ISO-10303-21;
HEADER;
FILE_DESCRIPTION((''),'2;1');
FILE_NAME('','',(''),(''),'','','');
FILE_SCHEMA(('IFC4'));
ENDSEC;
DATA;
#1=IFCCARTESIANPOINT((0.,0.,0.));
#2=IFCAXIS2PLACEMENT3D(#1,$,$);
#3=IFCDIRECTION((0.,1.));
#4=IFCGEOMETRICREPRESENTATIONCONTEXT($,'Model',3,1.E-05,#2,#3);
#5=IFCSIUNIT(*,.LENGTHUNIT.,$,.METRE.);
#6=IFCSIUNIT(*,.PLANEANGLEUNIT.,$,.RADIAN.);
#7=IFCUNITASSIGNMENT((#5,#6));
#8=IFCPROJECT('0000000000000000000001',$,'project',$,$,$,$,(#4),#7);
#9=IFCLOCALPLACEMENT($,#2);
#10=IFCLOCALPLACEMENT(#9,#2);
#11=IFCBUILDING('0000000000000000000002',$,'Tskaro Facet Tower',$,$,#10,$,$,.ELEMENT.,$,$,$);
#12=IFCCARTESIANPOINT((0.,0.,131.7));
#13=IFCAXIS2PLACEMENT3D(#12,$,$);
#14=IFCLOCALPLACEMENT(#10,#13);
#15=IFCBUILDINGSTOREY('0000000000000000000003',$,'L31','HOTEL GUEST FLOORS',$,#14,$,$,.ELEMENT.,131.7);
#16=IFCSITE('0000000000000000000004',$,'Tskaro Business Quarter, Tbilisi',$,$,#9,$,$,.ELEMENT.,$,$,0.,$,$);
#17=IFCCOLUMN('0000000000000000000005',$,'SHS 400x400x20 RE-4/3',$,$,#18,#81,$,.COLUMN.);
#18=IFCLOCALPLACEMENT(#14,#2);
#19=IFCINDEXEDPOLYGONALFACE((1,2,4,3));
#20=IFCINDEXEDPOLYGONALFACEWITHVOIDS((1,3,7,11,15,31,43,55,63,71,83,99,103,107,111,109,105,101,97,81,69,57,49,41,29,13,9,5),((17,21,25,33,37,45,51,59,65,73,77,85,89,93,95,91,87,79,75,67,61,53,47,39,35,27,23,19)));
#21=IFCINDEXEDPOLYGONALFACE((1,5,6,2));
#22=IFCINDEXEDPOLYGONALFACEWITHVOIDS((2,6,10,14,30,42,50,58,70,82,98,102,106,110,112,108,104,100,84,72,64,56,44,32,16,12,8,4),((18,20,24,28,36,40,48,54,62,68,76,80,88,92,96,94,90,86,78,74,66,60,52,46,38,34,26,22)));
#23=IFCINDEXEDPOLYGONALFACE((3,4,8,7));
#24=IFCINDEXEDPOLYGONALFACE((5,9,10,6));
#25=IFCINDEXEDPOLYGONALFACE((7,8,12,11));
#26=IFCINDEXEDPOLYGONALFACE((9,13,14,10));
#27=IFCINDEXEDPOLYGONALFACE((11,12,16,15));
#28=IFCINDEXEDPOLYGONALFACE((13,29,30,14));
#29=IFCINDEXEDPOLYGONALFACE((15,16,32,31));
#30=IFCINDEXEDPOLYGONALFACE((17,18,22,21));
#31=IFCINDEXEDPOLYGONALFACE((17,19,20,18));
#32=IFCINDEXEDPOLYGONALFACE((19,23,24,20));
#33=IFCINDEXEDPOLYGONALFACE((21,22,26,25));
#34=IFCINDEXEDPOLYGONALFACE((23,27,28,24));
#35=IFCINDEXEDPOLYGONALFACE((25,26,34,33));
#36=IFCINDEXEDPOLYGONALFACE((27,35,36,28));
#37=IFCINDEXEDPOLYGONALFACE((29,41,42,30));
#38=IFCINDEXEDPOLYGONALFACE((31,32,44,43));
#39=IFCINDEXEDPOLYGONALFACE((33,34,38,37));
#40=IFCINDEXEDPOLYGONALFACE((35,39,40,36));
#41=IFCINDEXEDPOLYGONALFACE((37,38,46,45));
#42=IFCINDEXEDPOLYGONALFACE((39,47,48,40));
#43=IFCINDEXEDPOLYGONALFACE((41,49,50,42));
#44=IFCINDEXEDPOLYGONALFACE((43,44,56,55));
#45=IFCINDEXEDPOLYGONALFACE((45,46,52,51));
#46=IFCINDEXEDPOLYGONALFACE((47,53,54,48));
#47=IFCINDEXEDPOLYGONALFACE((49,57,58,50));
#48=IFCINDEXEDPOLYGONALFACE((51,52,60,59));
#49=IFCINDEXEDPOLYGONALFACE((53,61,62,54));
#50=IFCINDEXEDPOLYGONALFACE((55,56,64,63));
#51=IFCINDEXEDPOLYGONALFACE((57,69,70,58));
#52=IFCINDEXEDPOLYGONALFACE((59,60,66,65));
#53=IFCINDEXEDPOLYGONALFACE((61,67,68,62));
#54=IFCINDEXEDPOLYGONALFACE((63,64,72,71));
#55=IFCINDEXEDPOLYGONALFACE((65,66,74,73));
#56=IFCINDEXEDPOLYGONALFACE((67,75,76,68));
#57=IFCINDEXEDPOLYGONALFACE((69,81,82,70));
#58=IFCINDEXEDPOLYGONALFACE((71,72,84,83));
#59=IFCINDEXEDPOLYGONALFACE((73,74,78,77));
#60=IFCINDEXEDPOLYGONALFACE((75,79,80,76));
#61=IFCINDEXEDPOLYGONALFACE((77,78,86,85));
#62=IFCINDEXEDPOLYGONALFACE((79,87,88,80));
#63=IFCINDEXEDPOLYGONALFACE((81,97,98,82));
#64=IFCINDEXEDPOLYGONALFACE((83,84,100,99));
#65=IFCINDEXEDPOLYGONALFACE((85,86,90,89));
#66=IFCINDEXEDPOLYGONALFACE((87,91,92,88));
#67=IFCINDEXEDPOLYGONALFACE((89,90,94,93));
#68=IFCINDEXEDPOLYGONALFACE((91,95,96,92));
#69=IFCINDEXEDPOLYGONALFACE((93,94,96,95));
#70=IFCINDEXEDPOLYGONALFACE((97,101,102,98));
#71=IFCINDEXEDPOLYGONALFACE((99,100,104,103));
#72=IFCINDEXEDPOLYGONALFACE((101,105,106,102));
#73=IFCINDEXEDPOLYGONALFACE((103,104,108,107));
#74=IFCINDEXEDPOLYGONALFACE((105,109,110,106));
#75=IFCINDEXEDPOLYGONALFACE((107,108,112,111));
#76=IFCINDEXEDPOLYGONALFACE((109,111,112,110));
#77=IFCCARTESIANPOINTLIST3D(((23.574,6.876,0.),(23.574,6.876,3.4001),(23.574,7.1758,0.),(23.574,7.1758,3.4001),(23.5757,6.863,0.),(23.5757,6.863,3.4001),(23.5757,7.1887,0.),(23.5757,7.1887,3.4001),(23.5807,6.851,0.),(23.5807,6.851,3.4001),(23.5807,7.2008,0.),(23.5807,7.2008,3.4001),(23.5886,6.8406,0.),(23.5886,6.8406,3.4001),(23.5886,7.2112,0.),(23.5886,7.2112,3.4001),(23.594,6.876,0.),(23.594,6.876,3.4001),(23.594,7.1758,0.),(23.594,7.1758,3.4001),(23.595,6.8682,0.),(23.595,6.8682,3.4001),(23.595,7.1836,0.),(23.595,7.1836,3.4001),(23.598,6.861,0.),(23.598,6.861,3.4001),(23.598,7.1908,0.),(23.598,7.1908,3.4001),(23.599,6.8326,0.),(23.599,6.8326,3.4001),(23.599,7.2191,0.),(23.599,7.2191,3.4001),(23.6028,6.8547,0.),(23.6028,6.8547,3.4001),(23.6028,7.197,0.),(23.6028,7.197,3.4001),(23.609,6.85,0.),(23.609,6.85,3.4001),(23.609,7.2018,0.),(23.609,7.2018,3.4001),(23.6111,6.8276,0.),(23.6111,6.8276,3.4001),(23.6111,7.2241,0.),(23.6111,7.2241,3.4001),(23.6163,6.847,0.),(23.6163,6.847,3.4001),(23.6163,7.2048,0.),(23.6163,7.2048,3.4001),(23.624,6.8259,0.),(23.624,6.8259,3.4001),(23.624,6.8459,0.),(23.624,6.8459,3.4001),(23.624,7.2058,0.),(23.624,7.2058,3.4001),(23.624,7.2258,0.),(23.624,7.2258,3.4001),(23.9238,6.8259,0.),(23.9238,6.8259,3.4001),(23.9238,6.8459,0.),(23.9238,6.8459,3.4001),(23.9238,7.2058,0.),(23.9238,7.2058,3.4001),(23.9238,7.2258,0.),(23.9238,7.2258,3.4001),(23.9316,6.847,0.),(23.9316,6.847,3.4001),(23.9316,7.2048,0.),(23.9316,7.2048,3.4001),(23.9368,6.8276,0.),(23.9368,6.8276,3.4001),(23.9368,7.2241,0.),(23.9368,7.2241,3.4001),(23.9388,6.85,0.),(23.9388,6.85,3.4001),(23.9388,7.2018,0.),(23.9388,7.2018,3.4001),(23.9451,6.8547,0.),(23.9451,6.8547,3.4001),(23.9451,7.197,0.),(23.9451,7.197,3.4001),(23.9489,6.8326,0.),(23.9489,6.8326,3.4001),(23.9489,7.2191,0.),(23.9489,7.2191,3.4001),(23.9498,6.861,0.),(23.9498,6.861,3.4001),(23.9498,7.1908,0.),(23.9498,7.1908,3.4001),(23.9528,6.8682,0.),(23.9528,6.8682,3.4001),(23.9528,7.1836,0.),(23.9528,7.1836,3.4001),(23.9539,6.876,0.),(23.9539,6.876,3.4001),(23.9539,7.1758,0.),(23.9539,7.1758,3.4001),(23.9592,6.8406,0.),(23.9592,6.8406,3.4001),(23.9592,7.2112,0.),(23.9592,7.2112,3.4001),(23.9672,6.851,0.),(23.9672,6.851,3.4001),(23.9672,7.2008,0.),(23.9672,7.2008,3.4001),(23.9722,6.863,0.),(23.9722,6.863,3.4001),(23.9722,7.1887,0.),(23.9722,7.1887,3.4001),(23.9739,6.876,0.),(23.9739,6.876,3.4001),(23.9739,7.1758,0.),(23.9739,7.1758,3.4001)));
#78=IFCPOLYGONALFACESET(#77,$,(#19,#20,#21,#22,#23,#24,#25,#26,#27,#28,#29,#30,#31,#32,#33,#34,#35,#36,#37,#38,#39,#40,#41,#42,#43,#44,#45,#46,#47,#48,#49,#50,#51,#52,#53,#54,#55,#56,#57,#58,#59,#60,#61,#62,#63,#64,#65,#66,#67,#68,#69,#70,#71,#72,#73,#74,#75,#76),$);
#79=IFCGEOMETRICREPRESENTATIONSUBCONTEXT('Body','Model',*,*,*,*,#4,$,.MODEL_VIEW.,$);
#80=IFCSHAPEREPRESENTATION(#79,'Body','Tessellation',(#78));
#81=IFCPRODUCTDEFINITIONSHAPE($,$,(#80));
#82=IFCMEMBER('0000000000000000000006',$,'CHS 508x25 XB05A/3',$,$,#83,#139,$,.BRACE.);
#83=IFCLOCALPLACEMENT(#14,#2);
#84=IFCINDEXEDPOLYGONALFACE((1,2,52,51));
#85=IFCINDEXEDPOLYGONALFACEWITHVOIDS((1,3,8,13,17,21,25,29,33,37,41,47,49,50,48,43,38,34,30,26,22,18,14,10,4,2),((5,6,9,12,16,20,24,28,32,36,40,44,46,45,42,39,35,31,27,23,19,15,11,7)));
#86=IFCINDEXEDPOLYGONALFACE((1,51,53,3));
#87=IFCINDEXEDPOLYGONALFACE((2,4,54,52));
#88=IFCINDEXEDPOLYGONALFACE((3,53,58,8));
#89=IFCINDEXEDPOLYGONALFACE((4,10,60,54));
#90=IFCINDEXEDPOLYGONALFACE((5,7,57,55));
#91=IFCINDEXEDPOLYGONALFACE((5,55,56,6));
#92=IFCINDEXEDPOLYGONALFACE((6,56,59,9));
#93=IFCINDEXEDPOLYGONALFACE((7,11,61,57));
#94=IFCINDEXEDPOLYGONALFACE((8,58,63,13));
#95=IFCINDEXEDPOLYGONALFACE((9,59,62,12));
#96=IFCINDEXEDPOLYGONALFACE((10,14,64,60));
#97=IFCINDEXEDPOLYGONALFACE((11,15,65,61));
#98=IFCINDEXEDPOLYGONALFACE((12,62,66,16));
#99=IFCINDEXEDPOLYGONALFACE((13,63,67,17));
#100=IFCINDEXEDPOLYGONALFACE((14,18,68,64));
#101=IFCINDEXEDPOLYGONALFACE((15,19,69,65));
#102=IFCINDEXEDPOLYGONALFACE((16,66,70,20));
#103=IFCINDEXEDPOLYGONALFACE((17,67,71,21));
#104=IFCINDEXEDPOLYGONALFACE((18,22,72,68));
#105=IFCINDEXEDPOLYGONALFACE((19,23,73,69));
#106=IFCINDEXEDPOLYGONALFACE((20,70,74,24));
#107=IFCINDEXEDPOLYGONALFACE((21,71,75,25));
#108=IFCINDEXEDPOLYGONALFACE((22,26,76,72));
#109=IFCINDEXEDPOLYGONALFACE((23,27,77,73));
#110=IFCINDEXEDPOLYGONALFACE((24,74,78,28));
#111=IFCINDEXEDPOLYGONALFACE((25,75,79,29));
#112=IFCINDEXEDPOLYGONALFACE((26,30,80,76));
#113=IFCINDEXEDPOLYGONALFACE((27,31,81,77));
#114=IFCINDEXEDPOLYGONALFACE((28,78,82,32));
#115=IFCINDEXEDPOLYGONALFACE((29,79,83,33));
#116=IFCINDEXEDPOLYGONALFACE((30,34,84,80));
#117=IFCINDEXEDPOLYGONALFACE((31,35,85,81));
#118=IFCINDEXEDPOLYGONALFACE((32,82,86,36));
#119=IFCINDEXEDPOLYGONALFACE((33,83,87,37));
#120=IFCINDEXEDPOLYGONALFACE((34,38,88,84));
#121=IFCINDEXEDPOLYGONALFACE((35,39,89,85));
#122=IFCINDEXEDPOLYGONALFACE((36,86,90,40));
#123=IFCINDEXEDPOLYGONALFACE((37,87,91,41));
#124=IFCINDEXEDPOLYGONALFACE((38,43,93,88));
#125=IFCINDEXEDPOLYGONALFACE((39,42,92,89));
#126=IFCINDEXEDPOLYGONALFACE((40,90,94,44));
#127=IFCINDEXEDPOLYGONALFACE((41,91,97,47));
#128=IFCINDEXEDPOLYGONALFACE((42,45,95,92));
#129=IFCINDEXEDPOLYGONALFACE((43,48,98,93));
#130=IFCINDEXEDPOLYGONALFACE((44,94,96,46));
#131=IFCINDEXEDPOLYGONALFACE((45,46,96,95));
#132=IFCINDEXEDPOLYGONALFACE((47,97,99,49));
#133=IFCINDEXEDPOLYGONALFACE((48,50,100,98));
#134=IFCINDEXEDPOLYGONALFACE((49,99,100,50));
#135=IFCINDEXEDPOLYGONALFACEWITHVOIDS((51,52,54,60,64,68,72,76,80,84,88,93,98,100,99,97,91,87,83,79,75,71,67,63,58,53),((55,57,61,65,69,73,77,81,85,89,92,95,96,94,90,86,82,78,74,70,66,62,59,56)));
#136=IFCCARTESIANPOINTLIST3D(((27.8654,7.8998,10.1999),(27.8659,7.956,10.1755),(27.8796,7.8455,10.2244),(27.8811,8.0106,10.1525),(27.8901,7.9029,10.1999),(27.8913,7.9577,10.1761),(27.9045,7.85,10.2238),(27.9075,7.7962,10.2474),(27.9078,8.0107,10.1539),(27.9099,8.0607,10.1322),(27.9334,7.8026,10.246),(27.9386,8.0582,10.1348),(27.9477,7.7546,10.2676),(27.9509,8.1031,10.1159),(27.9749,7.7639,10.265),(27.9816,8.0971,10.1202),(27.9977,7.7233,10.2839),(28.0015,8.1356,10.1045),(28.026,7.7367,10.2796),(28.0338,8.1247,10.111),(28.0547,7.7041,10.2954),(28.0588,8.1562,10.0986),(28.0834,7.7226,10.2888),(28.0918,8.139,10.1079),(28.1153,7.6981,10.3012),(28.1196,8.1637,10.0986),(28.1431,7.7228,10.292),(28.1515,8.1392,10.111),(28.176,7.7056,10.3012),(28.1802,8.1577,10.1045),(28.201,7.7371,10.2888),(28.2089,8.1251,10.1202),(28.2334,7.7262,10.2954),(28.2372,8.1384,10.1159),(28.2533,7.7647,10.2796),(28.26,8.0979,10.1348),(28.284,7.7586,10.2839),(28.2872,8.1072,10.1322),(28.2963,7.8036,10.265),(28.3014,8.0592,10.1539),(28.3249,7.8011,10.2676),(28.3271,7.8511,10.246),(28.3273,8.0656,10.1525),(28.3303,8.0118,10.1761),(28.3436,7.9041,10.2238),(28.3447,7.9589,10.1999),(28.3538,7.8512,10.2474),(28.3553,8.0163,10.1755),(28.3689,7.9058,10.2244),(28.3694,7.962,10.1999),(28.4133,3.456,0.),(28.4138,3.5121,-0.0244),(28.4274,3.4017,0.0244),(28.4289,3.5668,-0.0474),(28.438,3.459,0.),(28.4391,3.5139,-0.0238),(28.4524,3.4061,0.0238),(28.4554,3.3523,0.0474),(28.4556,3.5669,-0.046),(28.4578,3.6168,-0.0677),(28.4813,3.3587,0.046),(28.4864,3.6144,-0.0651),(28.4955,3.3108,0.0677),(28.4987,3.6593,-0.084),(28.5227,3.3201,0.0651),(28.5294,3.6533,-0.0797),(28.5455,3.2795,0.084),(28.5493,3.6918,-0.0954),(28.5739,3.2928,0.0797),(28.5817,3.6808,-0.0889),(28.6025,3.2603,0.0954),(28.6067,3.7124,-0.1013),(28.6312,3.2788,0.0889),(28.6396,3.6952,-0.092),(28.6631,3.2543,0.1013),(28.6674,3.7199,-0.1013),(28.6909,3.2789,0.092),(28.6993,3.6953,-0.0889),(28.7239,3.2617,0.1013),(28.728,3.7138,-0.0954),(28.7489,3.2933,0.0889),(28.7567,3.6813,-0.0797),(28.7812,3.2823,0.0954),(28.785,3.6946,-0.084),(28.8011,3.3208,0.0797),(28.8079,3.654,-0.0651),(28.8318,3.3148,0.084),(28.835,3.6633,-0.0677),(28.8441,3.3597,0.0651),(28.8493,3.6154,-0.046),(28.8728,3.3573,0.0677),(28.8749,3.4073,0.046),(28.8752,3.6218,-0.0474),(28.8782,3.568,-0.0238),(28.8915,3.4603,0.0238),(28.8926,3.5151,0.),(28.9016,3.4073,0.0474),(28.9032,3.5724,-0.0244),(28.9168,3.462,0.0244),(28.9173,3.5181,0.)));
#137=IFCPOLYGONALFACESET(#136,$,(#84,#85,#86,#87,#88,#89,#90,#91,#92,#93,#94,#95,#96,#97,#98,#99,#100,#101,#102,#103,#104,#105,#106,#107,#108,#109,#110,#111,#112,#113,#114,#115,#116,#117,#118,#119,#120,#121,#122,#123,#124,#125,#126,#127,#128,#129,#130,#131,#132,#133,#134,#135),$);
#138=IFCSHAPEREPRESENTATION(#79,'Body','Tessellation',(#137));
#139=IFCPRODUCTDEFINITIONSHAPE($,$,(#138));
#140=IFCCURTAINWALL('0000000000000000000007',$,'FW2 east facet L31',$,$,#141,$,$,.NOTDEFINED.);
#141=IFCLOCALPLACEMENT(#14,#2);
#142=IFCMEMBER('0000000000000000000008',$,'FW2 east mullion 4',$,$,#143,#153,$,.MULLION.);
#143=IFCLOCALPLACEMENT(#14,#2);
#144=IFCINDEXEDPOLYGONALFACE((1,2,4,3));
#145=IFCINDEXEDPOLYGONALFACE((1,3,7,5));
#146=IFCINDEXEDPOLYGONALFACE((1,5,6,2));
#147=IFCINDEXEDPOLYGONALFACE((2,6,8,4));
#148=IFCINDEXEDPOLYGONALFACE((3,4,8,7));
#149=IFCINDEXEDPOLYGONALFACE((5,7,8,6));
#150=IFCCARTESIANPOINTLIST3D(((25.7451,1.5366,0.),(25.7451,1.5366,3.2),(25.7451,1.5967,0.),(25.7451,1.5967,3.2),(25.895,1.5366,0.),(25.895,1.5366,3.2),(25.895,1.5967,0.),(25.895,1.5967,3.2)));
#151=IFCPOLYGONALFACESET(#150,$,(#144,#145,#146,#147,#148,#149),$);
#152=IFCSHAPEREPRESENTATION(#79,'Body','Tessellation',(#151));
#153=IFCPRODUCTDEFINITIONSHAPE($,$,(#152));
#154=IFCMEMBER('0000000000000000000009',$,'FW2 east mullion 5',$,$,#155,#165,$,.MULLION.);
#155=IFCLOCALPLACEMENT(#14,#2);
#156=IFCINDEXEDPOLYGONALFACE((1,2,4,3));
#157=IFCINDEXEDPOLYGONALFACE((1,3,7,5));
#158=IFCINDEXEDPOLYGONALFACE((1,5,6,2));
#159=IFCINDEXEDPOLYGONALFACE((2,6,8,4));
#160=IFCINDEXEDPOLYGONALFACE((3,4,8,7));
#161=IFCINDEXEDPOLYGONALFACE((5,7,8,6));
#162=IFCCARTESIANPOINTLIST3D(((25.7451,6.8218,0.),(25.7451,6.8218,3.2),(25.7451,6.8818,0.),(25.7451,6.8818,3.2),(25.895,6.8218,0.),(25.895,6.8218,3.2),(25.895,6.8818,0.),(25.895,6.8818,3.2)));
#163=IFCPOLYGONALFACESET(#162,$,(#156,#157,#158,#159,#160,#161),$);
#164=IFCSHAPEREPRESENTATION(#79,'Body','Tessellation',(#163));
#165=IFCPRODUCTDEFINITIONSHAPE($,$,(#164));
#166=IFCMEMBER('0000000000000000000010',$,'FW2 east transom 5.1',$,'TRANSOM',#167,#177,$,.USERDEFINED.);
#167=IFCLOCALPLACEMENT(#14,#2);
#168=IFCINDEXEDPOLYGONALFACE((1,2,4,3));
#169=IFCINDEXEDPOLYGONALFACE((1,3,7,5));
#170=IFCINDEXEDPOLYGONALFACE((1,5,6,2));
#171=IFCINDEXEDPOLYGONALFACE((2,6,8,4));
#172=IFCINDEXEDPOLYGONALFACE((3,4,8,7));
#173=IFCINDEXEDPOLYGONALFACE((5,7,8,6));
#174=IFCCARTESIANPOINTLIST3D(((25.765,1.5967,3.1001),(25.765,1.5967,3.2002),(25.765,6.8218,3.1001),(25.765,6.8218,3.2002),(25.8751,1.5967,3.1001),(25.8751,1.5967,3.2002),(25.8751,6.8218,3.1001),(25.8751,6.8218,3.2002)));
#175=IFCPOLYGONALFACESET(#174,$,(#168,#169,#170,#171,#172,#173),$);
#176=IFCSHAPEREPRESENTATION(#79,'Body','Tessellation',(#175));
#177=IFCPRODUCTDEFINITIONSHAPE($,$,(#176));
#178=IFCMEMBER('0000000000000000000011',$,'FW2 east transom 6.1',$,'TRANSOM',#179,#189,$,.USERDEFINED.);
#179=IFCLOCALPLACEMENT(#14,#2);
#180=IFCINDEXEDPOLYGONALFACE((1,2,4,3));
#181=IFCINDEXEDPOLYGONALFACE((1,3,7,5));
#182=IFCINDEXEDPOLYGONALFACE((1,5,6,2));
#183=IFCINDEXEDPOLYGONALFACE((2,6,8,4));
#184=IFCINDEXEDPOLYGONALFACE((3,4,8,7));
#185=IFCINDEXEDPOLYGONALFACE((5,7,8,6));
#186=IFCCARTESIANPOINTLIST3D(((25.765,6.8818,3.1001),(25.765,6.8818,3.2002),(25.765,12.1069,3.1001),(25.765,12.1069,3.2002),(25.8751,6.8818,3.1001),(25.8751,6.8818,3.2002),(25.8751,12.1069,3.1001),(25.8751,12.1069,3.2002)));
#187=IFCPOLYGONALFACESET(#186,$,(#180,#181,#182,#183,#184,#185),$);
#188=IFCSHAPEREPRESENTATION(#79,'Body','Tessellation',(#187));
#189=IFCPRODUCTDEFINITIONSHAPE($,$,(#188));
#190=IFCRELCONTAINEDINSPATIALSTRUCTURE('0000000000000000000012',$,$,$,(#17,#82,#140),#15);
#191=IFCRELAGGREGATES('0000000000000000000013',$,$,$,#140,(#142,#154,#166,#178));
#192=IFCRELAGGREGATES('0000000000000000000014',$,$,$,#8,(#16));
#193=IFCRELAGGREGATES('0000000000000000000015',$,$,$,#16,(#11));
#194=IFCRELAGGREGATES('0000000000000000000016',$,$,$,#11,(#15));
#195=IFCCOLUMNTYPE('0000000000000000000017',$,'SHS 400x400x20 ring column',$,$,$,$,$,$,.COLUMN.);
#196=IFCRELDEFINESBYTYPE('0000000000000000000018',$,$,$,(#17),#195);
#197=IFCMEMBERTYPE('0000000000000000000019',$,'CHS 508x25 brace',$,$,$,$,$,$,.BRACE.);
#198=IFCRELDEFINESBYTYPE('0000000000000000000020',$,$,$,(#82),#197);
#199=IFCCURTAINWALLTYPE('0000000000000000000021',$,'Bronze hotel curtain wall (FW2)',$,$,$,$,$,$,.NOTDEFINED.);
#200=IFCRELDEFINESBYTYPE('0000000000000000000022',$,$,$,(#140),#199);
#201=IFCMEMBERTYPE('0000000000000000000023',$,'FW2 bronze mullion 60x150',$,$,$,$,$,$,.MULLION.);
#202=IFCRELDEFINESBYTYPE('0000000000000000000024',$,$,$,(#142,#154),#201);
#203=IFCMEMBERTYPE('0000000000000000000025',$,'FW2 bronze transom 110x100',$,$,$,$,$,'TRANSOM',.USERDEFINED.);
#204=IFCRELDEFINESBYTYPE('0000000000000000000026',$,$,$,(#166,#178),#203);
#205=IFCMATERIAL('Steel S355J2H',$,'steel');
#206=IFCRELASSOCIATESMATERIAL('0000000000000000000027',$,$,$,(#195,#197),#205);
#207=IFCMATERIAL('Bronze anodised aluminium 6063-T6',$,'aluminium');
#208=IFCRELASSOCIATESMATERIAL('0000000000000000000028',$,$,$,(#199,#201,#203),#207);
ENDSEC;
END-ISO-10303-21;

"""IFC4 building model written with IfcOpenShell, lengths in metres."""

from ifc_helpers import new_model, si_unit, direction, frame, origin, origin_2d, place, context, subcontext, project, spatial, rectangle, hollow_rectangle, hollow_circle, extrude, material, material_profile, profile_set, type_object, element, aggregate, save


model = new_model("IFC4")

# Units and contexts
model_context = context("Model", 3, precision=1e-05, world=origin(), true_north=direction((0.0, 1.0)))
body_context = subcontext(model_context, "Body", "Model", "MODEL_VIEW")
ifc_project = project(units=[si_unit("LENGTHUNIT", "METRE"), si_unit("PLANEANGLEUNIT", "RADIAN")], contexts=[model_context])

# Site, building, storey
site_placement = place(None, origin())
site = spatial("IfcSite", under=ifc_project, at=site_placement, Name="Tskaro Business Quarter, Tbilisi", CompositionType="ELEMENT", RefElevation=0.0)
building_placement = place(site_placement, origin())
building = spatial("IfcBuilding", under=site, at=building_placement, Name="Tskaro Facet Tower", CompositionType="ELEMENT")
storey_placement = place(building_placement, frame((0.0, 0.0, 131.7)))
storey = spatial("IfcBuildingStorey", under=building, at=storey_placement, Name="L31", Description="HOTEL GUEST FLOORS", CompositionType="ELEMENT", Elevation=131.7)

# Column
ifc_material_1 = material(Name="Steel S355J2H", Category="steel")
ifc_material_profile_1 = material_profile(ifc_material_1, hollow_rectangle(XDim=0.3999, YDim=0.3999, WallThickness=0.02, InnerFilletRadius=0.03, OuterFilletRadius=0.05, at=origin_2d()), Name="SHS 400x400x20")
ifc_profile_set_1 = profile_set([ifc_material_profile_1], Name="Steel S355J2H")
column_type_1 = type_object("IfcColumnType", Name="SHS 400x400x20 ring column", PredefinedType="COLUMN", material=ifc_profile_set_1)
for number, where, z_axis, x_axis, name in (
    (1, (23.7739, 7.0259, 0.0), (0.0, 0.0, 1.0), (1.0, 0.0, 0.0), "SHS 400x400x20 RE-4/3"),
):
    element("IfcColumn", number, at=place(storey_placement, frame(where, z_axis=z_axis, x_axis=x_axis)), inside=storey, type_object=column_type_1, Name=name, PredefinedType="COLUMN", context=body_context, shape_type="SweptSolid", body=[
        extrude(hollow_rectangle(XDim=0.3999, YDim=0.3999, WallThickness=0.02, InnerFilletRadius=0.03, OuterFilletRadius=0.05, at=origin_2d()), origin(), (0.0, 0.0, 1.0), 3.4001),
    ])

# Member
ifc_material_profile_2 = material_profile(ifc_material_1, hollow_circle(Radius=0.2539, WallThickness=0.0249, at=origin_2d()), Name="CHS 508x25")
ifc_profile_set_2 = profile_set([ifc_material_profile_2], Name="Steel S355J2H")
member_type_1 = type_object("IfcMemberType", Name="CHS 508x25 brace", PredefinedType="BRACE", material=ifc_profile_set_2)
member_1_placement = place(storey_placement, frame((28.6653, 3.4871, 0.0), z_axis=(-0.049181, 0.398929, 0.915662), x_axis=(-0.992486, -0.122357, 0.0)))
element("IfcMember", 2, at=member_1_placement, inside=storey, type_object=member_type_1, Name="CHS 508x25 XB05A/3", PredefinedType="BRACE", context=body_context, shape_type="SweptSolid", body=[
    extrude(hollow_circle(Radius=0.2539, WallThickness=0.0249, at=origin_2d()), origin(), (0.0, 0.0, 1.0), 11.1394),
])

# Curtain wall, members
ifc_material_2 = material(Name="Bronze anodised aluminium 6063-T6", Category="aluminium")
curtain_wall_type = type_object("IfcCurtainWallType", Name="Bronze hotel curtain wall (FW2)", PredefinedType="NOTDEFINED", material=ifc_material_2)
curtain_wall_placement = place(storey_placement, origin())
curtain_wall = element("IfcCurtainWall", 3, at=curtain_wall_placement, inside=storey, type_object=curtain_wall_type, Name="FW2 east facet L31", PredefinedType="NOTDEFINED")
ifc_material_profile_3 = material_profile(ifc_material_2, rectangle(XDim=0.0601, YDim=0.1499, at=origin_2d()), Name="Mullion 60x150")
ifc_profile_set_3 = profile_set([ifc_material_profile_3], Name="Bronze anodised aluminium 6063-T6")
member_type_2 = type_object("IfcMemberType", Name="FW2 bronze mullion 60x150", PredefinedType="MULLION", material=ifc_profile_set_3)
member_2_placement = place(storey_placement, frame((25.8201, 1.5667, 0.0), z_axis=(0.0, 0.0, 1.0), x_axis=(0.0, 1.0, 0.0)))
member_2 = element("IfcMember", 4, at=member_2_placement, type_object=member_type_2, Name="FW2 east mullion 4", PredefinedType="MULLION", context=body_context, shape_type="SweptSolid", body=[
    extrude(rectangle(XDim=0.0601, YDim=0.1499, at=origin_2d()), origin(), (0.0, 0.0, 1.0), 3.2),
])
member_3_placement = place(storey_placement, frame((25.8201, 6.8518, 0.0), z_axis=(0.0, 0.0, 1.0), x_axis=(0.0, 1.0, 0.0)))
member_3 = element("IfcMember", 5, at=member_3_placement, type_object=member_type_2, Name="FW2 east mullion 5", PredefinedType="MULLION", context=body_context, shape_type="SweptSolid", body=[
    extrude(rectangle(XDim=0.0601, YDim=0.1499, at=origin_2d()), origin(), (0.0, 0.0, 1.0), 3.2),
])
ifc_material_profile_4 = material_profile(ifc_material_2, rectangle(XDim=0.1101, YDim=0.1001, at=origin_2d()), Name="Transom 110x100")
ifc_profile_set_4 = profile_set([ifc_material_profile_4], Name="Bronze anodised aluminium 6063-T6")
member_type_3 = type_object("IfcMemberType", Name="FW2 bronze transom 110x100", ElementType="TRANSOM", PredefinedType="USERDEFINED", material=ifc_profile_set_4)
member_4_placement = place(storey_placement, frame((25.8201, 1.5967, 3.1501), z_axis=(0.0, 1.0, 0.0), x_axis=(-1.0, 0.0, 0.0)))
member_4 = element("IfcMember", 6, at=member_4_placement, type_object=member_type_3, Name="FW2 east transom 5.1", ObjectType="TRANSOM", PredefinedType="USERDEFINED", context=body_context, shape_type="SweptSolid", body=[
    extrude(rectangle(XDim=0.1101, YDim=0.1001, at=origin_2d()), origin(), (0.0, 0.0, 1.0), 5.2251),
])
member_5_placement = place(storey_placement, frame((25.8201, 6.8818, 3.1501), z_axis=(0.0, 1.0, 0.0), x_axis=(-1.0, 0.0, 0.0)))
member_5 = element("IfcMember", 7, at=member_5_placement, type_object=member_type_3, Name="FW2 east transom 6.1", ObjectType="TRANSOM", PredefinedType="USERDEFINED", context=body_context, shape_type="SweptSolid", body=[
    extrude(rectangle(XDim=0.1101, YDim=0.1001, at=origin_2d()), origin(), (0.0, 0.0, 1.0), 5.2251),
])

aggregate(curtain_wall, [member_2, member_3, member_4, member_5])

save(model, "model.ifc")
